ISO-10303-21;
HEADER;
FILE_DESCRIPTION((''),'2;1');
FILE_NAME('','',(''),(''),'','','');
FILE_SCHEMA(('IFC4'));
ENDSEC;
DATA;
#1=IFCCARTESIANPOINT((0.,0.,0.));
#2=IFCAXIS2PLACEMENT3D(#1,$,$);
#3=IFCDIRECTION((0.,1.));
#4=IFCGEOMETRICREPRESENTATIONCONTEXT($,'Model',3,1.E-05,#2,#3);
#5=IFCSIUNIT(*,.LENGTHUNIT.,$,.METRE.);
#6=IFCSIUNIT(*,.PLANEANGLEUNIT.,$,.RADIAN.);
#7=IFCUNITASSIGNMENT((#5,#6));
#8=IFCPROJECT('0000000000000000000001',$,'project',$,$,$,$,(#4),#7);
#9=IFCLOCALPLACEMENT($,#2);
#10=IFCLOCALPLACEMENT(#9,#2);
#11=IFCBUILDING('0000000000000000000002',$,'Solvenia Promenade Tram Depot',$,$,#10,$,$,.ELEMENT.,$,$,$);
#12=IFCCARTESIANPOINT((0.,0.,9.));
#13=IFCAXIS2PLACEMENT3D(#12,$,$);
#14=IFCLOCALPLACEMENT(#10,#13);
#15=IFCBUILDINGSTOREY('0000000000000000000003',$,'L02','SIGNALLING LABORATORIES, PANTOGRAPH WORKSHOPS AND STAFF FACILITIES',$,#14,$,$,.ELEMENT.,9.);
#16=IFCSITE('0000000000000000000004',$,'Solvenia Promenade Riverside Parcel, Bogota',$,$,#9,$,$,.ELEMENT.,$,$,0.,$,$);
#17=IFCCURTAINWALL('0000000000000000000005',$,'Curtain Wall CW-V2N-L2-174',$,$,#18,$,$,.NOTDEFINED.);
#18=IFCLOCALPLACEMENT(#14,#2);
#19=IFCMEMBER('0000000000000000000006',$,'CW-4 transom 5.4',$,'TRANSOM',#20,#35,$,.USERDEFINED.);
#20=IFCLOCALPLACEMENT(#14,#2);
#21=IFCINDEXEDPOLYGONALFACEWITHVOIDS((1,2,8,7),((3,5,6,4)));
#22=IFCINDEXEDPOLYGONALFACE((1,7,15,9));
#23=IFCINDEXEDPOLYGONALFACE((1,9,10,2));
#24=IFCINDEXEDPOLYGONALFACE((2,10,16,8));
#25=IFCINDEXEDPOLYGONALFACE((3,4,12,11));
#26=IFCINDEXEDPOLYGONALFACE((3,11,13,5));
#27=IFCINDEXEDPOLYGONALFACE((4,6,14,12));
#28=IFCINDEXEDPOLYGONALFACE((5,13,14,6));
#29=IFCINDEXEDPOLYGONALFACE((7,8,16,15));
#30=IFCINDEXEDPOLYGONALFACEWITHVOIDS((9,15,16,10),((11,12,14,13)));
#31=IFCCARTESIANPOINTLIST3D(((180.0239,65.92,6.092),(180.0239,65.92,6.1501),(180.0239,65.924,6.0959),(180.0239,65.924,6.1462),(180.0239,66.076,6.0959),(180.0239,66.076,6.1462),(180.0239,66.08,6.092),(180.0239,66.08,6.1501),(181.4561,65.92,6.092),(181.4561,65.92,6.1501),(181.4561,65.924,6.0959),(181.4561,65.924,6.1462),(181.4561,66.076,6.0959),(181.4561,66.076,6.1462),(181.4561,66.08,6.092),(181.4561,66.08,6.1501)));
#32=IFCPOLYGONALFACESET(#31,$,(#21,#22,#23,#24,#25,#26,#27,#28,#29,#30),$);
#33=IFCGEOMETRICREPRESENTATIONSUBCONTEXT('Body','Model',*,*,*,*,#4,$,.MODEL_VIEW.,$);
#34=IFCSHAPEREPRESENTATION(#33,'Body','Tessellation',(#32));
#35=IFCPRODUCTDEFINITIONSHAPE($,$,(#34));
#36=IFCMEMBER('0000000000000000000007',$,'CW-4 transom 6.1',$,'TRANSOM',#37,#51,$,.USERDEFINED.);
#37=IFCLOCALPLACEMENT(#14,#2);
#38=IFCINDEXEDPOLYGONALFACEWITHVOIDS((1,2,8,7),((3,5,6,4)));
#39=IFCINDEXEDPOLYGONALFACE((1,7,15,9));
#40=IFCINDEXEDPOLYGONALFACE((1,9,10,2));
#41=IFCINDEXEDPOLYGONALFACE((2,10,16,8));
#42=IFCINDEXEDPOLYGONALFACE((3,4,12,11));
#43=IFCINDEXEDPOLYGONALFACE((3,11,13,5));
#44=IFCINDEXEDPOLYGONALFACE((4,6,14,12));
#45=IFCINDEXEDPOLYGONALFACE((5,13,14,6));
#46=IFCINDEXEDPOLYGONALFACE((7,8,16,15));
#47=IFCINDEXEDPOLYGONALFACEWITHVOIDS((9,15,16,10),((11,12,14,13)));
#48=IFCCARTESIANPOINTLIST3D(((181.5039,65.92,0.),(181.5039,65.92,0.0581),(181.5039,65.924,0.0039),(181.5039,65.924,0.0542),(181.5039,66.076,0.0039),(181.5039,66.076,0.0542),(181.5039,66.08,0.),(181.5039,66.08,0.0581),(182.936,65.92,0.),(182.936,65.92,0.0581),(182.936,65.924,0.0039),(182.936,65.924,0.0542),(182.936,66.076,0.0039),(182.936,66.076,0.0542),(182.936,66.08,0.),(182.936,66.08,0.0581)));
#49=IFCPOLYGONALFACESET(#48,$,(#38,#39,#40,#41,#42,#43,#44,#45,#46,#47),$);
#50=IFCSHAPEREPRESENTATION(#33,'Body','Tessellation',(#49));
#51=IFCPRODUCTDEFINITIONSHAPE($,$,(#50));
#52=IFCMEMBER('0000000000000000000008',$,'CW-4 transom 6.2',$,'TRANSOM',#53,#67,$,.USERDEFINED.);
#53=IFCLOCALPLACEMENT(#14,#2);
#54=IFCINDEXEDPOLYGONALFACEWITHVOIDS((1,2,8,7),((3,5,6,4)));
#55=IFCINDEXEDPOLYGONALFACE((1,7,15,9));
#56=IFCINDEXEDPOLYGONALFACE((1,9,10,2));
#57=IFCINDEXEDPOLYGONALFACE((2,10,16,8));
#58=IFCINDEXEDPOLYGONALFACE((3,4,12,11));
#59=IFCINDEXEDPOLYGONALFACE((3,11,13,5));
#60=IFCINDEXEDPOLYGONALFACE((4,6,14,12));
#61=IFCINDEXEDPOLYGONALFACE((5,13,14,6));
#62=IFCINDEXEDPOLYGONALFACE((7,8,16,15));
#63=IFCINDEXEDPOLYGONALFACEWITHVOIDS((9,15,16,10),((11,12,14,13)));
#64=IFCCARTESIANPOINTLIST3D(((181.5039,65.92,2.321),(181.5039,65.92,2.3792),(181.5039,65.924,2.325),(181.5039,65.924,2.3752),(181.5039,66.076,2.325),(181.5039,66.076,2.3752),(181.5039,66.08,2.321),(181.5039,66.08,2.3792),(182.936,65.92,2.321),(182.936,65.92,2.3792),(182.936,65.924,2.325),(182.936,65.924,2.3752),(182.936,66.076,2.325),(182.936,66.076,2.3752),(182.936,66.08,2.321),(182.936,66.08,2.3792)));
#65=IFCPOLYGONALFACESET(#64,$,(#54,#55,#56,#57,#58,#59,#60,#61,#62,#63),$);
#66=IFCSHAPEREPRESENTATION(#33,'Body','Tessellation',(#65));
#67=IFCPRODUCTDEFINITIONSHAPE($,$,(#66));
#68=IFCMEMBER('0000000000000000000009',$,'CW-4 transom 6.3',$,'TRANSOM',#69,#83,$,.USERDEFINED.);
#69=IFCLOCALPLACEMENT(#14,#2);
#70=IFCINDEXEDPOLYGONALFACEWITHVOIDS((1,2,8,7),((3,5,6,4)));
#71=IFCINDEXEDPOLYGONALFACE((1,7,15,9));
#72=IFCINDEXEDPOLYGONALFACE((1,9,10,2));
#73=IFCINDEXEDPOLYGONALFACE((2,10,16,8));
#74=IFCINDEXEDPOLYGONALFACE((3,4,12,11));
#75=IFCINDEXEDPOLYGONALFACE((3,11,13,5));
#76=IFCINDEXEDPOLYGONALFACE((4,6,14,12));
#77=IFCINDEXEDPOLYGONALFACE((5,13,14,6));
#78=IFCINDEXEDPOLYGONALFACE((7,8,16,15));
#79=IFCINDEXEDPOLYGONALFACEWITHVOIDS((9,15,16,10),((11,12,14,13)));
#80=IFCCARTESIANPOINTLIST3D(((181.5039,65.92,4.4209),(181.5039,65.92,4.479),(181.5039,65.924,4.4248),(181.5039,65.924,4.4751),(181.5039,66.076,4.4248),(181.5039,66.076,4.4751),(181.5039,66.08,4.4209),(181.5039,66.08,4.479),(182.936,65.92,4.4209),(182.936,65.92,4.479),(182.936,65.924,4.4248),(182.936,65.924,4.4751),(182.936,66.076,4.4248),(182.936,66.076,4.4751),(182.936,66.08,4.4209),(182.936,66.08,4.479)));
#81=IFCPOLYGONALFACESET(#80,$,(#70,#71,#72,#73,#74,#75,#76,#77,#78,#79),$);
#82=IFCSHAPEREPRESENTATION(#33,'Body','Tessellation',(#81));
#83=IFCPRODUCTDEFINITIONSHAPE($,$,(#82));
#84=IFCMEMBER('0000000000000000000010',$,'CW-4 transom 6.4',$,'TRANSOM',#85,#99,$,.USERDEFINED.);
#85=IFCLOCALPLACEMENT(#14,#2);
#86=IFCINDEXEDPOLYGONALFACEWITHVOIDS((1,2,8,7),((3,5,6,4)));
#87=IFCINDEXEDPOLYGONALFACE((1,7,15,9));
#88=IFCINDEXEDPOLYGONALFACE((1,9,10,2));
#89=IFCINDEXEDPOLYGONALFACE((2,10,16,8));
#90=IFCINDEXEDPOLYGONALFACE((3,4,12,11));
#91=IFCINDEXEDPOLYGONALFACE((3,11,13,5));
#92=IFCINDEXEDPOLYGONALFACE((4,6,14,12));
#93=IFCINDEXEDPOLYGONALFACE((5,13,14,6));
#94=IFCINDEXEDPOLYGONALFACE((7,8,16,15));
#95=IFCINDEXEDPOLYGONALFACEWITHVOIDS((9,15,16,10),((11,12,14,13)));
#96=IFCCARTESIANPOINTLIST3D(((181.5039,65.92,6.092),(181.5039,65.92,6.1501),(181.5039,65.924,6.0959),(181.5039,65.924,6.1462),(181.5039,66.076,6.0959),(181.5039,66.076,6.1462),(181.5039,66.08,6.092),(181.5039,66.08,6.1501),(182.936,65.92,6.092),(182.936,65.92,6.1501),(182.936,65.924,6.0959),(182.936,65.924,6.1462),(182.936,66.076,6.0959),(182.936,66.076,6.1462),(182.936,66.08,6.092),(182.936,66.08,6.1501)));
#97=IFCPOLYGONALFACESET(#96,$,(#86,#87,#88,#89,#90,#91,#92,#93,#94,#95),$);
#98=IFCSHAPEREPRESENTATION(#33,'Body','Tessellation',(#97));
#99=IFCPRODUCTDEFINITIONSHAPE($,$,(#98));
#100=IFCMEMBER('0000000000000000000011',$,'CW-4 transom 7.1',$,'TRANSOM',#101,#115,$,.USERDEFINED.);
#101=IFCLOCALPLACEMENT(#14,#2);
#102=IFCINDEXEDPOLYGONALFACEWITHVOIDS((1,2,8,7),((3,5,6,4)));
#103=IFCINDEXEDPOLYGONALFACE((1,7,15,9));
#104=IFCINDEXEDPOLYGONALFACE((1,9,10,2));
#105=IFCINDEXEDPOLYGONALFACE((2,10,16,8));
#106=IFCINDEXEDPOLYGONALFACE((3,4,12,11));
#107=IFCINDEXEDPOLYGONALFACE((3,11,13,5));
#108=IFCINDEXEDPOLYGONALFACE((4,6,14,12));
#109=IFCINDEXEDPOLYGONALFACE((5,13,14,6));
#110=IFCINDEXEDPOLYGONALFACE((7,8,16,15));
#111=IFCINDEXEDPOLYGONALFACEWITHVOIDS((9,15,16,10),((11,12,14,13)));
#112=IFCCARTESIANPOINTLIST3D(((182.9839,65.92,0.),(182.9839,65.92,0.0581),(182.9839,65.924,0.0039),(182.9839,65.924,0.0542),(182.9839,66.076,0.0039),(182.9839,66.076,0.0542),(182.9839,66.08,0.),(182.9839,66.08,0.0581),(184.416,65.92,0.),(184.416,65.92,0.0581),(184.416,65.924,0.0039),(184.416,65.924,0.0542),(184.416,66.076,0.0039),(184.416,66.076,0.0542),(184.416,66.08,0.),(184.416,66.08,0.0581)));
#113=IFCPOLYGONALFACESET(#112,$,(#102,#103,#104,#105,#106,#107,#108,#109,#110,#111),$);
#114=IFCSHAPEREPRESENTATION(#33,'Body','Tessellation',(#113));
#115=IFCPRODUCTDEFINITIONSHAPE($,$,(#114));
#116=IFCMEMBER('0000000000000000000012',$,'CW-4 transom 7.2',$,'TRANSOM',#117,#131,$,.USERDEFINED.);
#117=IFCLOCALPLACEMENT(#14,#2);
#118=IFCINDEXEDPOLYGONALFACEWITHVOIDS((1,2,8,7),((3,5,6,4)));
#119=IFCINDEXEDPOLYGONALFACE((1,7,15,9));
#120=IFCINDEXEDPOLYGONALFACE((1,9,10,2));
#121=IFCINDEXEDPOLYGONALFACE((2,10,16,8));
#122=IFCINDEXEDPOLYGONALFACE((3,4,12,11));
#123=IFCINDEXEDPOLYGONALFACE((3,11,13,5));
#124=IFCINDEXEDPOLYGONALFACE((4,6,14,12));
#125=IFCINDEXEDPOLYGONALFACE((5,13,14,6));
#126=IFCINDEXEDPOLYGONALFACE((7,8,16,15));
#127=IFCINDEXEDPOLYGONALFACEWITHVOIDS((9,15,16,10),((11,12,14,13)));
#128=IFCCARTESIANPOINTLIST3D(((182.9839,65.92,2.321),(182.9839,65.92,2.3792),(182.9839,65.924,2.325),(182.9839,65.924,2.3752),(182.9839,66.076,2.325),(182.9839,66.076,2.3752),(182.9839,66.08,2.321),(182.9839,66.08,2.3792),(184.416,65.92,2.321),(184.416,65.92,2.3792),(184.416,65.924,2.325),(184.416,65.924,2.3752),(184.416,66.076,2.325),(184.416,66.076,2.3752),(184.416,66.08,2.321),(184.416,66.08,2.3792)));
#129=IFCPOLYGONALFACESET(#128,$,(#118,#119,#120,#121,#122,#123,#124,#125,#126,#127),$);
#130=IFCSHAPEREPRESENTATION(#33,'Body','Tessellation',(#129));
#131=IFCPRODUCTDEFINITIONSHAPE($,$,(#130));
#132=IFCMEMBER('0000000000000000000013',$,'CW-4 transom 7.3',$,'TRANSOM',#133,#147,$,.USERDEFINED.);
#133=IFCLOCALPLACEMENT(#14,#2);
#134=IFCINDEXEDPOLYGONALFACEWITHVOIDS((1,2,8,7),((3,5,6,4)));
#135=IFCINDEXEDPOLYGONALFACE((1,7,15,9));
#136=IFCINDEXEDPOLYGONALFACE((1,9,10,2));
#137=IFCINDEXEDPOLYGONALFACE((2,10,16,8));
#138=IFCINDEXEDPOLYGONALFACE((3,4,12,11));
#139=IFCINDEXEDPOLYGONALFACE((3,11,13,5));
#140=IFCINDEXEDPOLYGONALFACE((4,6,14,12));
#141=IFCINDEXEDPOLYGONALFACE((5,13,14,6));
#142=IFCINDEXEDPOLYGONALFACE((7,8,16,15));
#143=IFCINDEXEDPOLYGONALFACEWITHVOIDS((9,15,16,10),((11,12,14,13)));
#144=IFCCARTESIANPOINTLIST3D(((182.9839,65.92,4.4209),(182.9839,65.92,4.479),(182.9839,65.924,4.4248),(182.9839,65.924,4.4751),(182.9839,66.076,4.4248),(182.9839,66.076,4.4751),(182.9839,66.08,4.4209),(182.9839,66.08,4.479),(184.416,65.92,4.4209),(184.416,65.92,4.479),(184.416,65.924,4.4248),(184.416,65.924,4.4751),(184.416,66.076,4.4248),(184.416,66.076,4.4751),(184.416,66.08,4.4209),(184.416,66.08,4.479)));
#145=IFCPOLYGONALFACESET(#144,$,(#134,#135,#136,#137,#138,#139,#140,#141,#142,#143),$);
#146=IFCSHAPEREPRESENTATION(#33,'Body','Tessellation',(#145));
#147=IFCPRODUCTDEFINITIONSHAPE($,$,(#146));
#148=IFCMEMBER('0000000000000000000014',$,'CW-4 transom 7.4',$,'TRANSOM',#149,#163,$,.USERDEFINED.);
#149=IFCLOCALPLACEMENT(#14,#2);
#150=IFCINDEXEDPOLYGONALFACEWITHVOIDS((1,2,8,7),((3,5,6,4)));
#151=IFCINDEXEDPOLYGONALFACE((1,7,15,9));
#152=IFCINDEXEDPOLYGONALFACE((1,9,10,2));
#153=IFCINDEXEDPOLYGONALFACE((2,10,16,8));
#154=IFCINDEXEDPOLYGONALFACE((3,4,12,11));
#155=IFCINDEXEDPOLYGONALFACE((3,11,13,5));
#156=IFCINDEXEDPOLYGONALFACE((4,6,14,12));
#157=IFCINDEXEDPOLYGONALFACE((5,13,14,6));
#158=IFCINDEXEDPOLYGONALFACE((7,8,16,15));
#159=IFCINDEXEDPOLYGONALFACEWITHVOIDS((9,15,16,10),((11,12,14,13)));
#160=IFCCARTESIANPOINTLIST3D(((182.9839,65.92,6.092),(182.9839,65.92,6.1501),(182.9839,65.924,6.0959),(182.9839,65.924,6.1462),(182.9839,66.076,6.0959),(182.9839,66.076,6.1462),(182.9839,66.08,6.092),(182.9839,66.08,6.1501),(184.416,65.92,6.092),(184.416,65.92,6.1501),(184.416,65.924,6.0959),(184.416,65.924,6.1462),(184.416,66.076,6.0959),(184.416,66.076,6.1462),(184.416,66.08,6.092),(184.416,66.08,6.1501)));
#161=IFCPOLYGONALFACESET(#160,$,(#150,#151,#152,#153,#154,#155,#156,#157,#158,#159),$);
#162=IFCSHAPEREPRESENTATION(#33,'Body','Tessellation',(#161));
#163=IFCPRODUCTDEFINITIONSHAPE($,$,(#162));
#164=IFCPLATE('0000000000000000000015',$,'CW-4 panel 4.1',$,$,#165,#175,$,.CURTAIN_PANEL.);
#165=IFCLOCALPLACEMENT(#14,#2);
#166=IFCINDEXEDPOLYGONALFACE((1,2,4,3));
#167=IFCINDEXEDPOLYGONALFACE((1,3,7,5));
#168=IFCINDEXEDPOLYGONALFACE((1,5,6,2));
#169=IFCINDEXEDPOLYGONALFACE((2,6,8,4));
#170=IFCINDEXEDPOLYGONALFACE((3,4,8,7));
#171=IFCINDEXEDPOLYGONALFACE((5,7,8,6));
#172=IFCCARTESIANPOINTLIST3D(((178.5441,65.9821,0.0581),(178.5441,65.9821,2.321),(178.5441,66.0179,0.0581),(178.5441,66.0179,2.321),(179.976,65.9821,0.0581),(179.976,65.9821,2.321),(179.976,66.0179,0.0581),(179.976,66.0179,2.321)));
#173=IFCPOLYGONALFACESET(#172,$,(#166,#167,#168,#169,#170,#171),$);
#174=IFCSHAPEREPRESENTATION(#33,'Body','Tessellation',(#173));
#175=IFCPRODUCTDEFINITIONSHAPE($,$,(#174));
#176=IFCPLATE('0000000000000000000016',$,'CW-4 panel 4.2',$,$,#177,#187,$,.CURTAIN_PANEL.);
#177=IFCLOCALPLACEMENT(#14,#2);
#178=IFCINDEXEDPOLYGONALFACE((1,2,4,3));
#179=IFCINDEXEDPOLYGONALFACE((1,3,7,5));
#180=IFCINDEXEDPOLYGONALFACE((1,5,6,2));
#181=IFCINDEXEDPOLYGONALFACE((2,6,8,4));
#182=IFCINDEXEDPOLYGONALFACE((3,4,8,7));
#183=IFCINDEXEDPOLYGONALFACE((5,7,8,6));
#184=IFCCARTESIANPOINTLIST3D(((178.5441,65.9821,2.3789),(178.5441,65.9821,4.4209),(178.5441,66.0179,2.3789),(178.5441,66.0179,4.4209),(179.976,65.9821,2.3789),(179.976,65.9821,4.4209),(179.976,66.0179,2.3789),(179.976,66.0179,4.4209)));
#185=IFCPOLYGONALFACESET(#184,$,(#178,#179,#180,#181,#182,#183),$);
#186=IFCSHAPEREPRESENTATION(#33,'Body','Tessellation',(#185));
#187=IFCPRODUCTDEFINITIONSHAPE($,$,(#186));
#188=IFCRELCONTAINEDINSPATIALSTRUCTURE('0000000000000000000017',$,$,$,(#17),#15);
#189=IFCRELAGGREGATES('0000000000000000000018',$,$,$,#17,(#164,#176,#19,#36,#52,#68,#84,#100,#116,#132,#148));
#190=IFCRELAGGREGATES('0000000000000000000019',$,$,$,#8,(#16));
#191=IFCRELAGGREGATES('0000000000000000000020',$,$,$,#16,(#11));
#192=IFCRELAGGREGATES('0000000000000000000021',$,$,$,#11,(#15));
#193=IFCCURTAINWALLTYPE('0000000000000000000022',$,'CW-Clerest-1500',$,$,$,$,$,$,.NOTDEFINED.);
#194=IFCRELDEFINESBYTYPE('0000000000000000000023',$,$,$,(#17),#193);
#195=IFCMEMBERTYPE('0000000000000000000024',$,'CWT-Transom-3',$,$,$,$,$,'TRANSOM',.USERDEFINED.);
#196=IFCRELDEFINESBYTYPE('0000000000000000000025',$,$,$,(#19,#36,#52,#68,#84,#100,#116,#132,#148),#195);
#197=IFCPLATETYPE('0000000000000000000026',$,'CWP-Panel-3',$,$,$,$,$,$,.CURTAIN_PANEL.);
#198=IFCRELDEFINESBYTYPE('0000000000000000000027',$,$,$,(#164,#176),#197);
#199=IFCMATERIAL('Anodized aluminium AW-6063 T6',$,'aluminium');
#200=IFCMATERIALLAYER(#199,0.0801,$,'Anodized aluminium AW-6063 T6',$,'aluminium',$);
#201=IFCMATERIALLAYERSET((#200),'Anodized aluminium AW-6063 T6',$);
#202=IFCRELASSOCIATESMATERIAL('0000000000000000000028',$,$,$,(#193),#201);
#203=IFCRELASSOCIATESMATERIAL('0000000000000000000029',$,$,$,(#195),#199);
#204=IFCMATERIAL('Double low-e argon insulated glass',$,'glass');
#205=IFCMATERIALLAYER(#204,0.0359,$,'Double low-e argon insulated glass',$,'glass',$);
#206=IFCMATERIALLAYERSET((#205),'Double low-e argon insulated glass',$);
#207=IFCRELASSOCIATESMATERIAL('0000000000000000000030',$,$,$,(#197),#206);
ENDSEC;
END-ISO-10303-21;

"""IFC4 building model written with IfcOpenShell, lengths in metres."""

from ifc_helpers import new_model, si_unit, direction, frame, origin, origin_2d, place, context, subcontext, project, spatial, rectangle, hollow_rectangle, extrude, material, layer, layer_set, material_profile, profile_set, type_object, element, aggregate, save


model = new_model("IFC4")

# Units and contexts
model_context = context("Model", 3, precision=1e-05, world=origin(), true_north=direction((0.0, 1.0)))
body_context = subcontext(model_context, "Body", "Model", "MODEL_VIEW")
ifc_project = project(units=[si_unit("LENGTHUNIT", "METRE"), si_unit("PLANEANGLEUNIT", "RADIAN")], contexts=[model_context])

# Site, building, storey
site_placement = place(None, origin())
site = spatial("IfcSite", under=ifc_project, at=site_placement, Name="Solvenia Promenade Riverside Parcel, Bogota", CompositionType="ELEMENT", RefElevation=0.0)
building_placement = place(site_placement, origin())
building = spatial("IfcBuilding", under=site, at=building_placement, Name="Solvenia Promenade Tram Depot", CompositionType="ELEMENT")
storey_placement = place(building_placement, frame((0.0, 0.0, 9.0)))
storey = spatial("IfcBuildingStorey", under=building, at=storey_placement, Name="L02", Description="SIGNALLING LABORATORIES, PANTOGRAPH WORKSHOPS AND STAFF FACILITIES", CompositionType="ELEMENT", Elevation=9.0)

# Curtain wall, members, plates
ifc_material_1 = material(Name="Anodized aluminium AW-6063 T6", Category="aluminium")
ifc_layer_1 = layer(ifc_material_1, 0.0801, Name="Anodized aluminium AW-6063 T6", Category="aluminium")
ifc_layer_set_1 = layer_set([ifc_layer_1], Name="Anodized aluminium AW-6063 T6")
curtain_wall_type = type_object("IfcCurtainWallType", Name="CW-Clerest-1500", PredefinedType="NOTDEFINED", material=ifc_layer_set_1)
curtain_wall_placement = place(storey_placement, origin())
curtain_wall = element("IfcCurtainWall", 1, at=curtain_wall_placement, inside=storey, type_object=curtain_wall_type, Name="Curtain Wall CW-V2N-L2-174", PredefinedType="NOTDEFINED")
ifc_material_profile_1 = material_profile(ifc_material_1, hollow_rectangle(XDim=0.1599, YDim=0.0581, WallThickness=0.0039, at=origin_2d()), Name="ALU-T3", Category="aluminium")
ifc_profile_set_1 = profile_set([ifc_material_profile_1], Name="Anodized aluminium AW-6063 T6")
member_type_1 = type_object("IfcMemberType", Name="CWT-Transom-3", ElementType="TRANSOM", PredefinedType="USERDEFINED", material=ifc_profile_set_1)
member_1_placement = place(storey_placement, frame((180.0239, 66.0, 6.1211), z_axis=(1.0, 0.0, 0.0), x_axis=(0.0, 1.0, 0.0)))
member_1 = element("IfcMember", 2, at=member_1_placement, type_object=member_type_1, Name="CW-4 transom 5.4", ObjectType="TRANSOM", PredefinedType="USERDEFINED", context=body_context, shape_type="SweptSolid", body=[
    extrude(hollow_rectangle(XDim=0.1599, YDim=0.0581, WallThickness=0.0039, at=origin_2d()), origin(), (0.0, 0.0, 1.0), 1.4321),
])
member_2_placement = place(storey_placement, frame((181.5039, 66.0, 0.0291), z_axis=(1.0, 0.0, 0.0), x_axis=(0.0, 1.0, 0.0)))
member_2 = element("IfcMember", 3, at=member_2_placement, type_object=member_type_1, Name="CW-4 transom 6.1", ObjectType="TRANSOM", PredefinedType="USERDEFINED", context=body_context, shape_type="SweptSolid", body=[
    extrude(hollow_rectangle(XDim=0.1599, YDim=0.0581, WallThickness=0.0039, at=origin_2d()), origin(), (0.0, 0.0, 1.0), 1.4321),
])
member_3_placement = place(storey_placement, frame((181.5039, 66.0, 2.3501), z_axis=(1.0, 0.0, 0.0), x_axis=(0.0, 1.0, 0.0)))
member_3 = element("IfcMember", 4, at=member_3_placement, type_object=member_type_1, Name="CW-4 transom 6.2", ObjectType="TRANSOM", PredefinedType="USERDEFINED", context=body_context, shape_type="SweptSolid", body=[
    extrude(hollow_rectangle(XDim=0.1599, YDim=0.0581, WallThickness=0.0039, at=origin_2d()), origin(), (0.0, 0.0, 1.0), 1.4321),
])
member_4_placement = place(storey_placement, frame((181.5039, 66.0, 4.45), z_axis=(1.0, 0.0, 0.0), x_axis=(0.0, 1.0, 0.0)))
member_4 = element("IfcMember", 5, at=member_4_placement, type_object=member_type_1, Name="CW-4 transom 6.3", ObjectType="TRANSOM", PredefinedType="USERDEFINED", context=body_context, shape_type="SweptSolid", body=[
    extrude(hollow_rectangle(XDim=0.1599, YDim=0.0581, WallThickness=0.0039, at=origin_2d()), origin(), (0.0, 0.0, 1.0), 1.4321),
])
member_5_placement = place(storey_placement, frame((181.5039, 66.0, 6.1211), z_axis=(1.0, 0.0, 0.0), x_axis=(0.0, 1.0, 0.0)))
member_5 = element("IfcMember", 6, at=member_5_placement, type_object=member_type_1, Name="CW-4 transom 6.4", ObjectType="TRANSOM", PredefinedType="USERDEFINED", context=body_context, shape_type="SweptSolid", body=[
    extrude(hollow_rectangle(XDim=0.1599, YDim=0.0581, WallThickness=0.0039, at=origin_2d()), origin(), (0.0, 0.0, 1.0), 1.4321),
])
member_6_placement = place(storey_placement, frame((182.9839, 66.0, 0.0291), z_axis=(1.0, 0.0, 0.0), x_axis=(0.0, 1.0, 0.0)))
member_6 = element("IfcMember", 7, at=member_6_placement, type_object=member_type_1, Name="CW-4 transom 7.1", ObjectType="TRANSOM", PredefinedType="USERDEFINED", context=body_context, shape_type="SweptSolid", body=[
    extrude(hollow_rectangle(XDim=0.1599, YDim=0.0581, WallThickness=0.0039, at=origin_2d()), origin(), (0.0, 0.0, 1.0), 1.4321),
])
member_7_placement = place(storey_placement, frame((182.9839, 66.0, 2.3501), z_axis=(1.0, 0.0, 0.0), x_axis=(0.0, 1.0, 0.0)))
member_7 = element("IfcMember", 8, at=member_7_placement, type_object=member_type_1, Name="CW-4 transom 7.2", ObjectType="TRANSOM", PredefinedType="USERDEFINED", context=body_context, shape_type="SweptSolid", body=[
    extrude(hollow_rectangle(XDim=0.1599, YDim=0.0581, WallThickness=0.0039, at=origin_2d()), origin(), (0.0, 0.0, 1.0), 1.4321),
])
member_8_placement = place(storey_placement, frame((182.9839, 66.0, 4.45), z_axis=(1.0, 0.0, 0.0), x_axis=(0.0, 1.0, 0.0)))
member_8 = element("IfcMember", 9, at=member_8_placement, type_object=member_type_1, Name="CW-4 transom 7.3", ObjectType="TRANSOM", PredefinedType="USERDEFINED", context=body_context, shape_type="SweptSolid", body=[
    extrude(hollow_rectangle(XDim=0.1599, YDim=0.0581, WallThickness=0.0039, at=origin_2d()), origin(), (0.0, 0.0, 1.0), 1.4321),
])
member_9_placement = place(storey_placement, frame((182.9839, 66.0, 6.1211), z_axis=(1.0, 0.0, 0.0), x_axis=(0.0, 1.0, 0.0)))
member_9 = element("IfcMember", 10, at=member_9_placement, type_object=member_type_1, Name="CW-4 transom 7.4", ObjectType="TRANSOM", PredefinedType="USERDEFINED", context=body_context, shape_type="SweptSolid", body=[
    extrude(hollow_rectangle(XDim=0.1599, YDim=0.0581, WallThickness=0.0039, at=origin_2d()), origin(), (0.0, 0.0, 1.0), 1.4321),
])
ifc_material_2 = material(Name="Double low-e argon insulated glass", Category="glass")
ifc_layer_2 = layer(ifc_material_2, 0.0359, Name="Double low-e argon insulated glass", Category="glass")
ifc_layer_set_2 = layer_set([ifc_layer_2], Name="Double low-e argon insulated glass")
plate_type = type_object("IfcPlateType", Name="CWP-Panel-3", PredefinedType="CURTAIN_PANEL", material=ifc_layer_set_2)
plate_1_placement = place(storey_placement, frame((179.26, 66.0, 0.0581), z_axis=(0.0, 0.0, 1.0), x_axis=(1.0, 0.0, 0.0)))
plate_1 = element("IfcPlate", 11, at=plate_1_placement, type_object=plate_type, Name="CW-4 panel 4.1", PredefinedType="CURTAIN_PANEL", context=body_context, shape_type="SweptSolid", body=[
    extrude(rectangle(XDim=1.4319, YDim=0.0359, at=origin_2d()), origin(), (0.0, 0.0, 1.0), 2.2629),
])
plate_2_placement = place(storey_placement, frame((179.26, 66.0, 2.3789), z_axis=(0.0, 0.0, 1.0), x_axis=(1.0, 0.0, 0.0)))
plate_2 = element("IfcPlate", 12, at=plate_2_placement, type_object=plate_type, Name="CW-4 panel 4.2", PredefinedType="CURTAIN_PANEL", context=body_context, shape_type="SweptSolid", body=[
    extrude(rectangle(XDim=1.4319, YDim=0.0359, at=origin_2d()), origin(), (0.0, 0.0, 1.0), 2.042),
])
aggregate(curtain_wall, [plate_1, plate_2, member_1, member_2, member_3, member_4, member_5, member_6, member_7, member_8, member_9])

save(model, "model.ifc")
